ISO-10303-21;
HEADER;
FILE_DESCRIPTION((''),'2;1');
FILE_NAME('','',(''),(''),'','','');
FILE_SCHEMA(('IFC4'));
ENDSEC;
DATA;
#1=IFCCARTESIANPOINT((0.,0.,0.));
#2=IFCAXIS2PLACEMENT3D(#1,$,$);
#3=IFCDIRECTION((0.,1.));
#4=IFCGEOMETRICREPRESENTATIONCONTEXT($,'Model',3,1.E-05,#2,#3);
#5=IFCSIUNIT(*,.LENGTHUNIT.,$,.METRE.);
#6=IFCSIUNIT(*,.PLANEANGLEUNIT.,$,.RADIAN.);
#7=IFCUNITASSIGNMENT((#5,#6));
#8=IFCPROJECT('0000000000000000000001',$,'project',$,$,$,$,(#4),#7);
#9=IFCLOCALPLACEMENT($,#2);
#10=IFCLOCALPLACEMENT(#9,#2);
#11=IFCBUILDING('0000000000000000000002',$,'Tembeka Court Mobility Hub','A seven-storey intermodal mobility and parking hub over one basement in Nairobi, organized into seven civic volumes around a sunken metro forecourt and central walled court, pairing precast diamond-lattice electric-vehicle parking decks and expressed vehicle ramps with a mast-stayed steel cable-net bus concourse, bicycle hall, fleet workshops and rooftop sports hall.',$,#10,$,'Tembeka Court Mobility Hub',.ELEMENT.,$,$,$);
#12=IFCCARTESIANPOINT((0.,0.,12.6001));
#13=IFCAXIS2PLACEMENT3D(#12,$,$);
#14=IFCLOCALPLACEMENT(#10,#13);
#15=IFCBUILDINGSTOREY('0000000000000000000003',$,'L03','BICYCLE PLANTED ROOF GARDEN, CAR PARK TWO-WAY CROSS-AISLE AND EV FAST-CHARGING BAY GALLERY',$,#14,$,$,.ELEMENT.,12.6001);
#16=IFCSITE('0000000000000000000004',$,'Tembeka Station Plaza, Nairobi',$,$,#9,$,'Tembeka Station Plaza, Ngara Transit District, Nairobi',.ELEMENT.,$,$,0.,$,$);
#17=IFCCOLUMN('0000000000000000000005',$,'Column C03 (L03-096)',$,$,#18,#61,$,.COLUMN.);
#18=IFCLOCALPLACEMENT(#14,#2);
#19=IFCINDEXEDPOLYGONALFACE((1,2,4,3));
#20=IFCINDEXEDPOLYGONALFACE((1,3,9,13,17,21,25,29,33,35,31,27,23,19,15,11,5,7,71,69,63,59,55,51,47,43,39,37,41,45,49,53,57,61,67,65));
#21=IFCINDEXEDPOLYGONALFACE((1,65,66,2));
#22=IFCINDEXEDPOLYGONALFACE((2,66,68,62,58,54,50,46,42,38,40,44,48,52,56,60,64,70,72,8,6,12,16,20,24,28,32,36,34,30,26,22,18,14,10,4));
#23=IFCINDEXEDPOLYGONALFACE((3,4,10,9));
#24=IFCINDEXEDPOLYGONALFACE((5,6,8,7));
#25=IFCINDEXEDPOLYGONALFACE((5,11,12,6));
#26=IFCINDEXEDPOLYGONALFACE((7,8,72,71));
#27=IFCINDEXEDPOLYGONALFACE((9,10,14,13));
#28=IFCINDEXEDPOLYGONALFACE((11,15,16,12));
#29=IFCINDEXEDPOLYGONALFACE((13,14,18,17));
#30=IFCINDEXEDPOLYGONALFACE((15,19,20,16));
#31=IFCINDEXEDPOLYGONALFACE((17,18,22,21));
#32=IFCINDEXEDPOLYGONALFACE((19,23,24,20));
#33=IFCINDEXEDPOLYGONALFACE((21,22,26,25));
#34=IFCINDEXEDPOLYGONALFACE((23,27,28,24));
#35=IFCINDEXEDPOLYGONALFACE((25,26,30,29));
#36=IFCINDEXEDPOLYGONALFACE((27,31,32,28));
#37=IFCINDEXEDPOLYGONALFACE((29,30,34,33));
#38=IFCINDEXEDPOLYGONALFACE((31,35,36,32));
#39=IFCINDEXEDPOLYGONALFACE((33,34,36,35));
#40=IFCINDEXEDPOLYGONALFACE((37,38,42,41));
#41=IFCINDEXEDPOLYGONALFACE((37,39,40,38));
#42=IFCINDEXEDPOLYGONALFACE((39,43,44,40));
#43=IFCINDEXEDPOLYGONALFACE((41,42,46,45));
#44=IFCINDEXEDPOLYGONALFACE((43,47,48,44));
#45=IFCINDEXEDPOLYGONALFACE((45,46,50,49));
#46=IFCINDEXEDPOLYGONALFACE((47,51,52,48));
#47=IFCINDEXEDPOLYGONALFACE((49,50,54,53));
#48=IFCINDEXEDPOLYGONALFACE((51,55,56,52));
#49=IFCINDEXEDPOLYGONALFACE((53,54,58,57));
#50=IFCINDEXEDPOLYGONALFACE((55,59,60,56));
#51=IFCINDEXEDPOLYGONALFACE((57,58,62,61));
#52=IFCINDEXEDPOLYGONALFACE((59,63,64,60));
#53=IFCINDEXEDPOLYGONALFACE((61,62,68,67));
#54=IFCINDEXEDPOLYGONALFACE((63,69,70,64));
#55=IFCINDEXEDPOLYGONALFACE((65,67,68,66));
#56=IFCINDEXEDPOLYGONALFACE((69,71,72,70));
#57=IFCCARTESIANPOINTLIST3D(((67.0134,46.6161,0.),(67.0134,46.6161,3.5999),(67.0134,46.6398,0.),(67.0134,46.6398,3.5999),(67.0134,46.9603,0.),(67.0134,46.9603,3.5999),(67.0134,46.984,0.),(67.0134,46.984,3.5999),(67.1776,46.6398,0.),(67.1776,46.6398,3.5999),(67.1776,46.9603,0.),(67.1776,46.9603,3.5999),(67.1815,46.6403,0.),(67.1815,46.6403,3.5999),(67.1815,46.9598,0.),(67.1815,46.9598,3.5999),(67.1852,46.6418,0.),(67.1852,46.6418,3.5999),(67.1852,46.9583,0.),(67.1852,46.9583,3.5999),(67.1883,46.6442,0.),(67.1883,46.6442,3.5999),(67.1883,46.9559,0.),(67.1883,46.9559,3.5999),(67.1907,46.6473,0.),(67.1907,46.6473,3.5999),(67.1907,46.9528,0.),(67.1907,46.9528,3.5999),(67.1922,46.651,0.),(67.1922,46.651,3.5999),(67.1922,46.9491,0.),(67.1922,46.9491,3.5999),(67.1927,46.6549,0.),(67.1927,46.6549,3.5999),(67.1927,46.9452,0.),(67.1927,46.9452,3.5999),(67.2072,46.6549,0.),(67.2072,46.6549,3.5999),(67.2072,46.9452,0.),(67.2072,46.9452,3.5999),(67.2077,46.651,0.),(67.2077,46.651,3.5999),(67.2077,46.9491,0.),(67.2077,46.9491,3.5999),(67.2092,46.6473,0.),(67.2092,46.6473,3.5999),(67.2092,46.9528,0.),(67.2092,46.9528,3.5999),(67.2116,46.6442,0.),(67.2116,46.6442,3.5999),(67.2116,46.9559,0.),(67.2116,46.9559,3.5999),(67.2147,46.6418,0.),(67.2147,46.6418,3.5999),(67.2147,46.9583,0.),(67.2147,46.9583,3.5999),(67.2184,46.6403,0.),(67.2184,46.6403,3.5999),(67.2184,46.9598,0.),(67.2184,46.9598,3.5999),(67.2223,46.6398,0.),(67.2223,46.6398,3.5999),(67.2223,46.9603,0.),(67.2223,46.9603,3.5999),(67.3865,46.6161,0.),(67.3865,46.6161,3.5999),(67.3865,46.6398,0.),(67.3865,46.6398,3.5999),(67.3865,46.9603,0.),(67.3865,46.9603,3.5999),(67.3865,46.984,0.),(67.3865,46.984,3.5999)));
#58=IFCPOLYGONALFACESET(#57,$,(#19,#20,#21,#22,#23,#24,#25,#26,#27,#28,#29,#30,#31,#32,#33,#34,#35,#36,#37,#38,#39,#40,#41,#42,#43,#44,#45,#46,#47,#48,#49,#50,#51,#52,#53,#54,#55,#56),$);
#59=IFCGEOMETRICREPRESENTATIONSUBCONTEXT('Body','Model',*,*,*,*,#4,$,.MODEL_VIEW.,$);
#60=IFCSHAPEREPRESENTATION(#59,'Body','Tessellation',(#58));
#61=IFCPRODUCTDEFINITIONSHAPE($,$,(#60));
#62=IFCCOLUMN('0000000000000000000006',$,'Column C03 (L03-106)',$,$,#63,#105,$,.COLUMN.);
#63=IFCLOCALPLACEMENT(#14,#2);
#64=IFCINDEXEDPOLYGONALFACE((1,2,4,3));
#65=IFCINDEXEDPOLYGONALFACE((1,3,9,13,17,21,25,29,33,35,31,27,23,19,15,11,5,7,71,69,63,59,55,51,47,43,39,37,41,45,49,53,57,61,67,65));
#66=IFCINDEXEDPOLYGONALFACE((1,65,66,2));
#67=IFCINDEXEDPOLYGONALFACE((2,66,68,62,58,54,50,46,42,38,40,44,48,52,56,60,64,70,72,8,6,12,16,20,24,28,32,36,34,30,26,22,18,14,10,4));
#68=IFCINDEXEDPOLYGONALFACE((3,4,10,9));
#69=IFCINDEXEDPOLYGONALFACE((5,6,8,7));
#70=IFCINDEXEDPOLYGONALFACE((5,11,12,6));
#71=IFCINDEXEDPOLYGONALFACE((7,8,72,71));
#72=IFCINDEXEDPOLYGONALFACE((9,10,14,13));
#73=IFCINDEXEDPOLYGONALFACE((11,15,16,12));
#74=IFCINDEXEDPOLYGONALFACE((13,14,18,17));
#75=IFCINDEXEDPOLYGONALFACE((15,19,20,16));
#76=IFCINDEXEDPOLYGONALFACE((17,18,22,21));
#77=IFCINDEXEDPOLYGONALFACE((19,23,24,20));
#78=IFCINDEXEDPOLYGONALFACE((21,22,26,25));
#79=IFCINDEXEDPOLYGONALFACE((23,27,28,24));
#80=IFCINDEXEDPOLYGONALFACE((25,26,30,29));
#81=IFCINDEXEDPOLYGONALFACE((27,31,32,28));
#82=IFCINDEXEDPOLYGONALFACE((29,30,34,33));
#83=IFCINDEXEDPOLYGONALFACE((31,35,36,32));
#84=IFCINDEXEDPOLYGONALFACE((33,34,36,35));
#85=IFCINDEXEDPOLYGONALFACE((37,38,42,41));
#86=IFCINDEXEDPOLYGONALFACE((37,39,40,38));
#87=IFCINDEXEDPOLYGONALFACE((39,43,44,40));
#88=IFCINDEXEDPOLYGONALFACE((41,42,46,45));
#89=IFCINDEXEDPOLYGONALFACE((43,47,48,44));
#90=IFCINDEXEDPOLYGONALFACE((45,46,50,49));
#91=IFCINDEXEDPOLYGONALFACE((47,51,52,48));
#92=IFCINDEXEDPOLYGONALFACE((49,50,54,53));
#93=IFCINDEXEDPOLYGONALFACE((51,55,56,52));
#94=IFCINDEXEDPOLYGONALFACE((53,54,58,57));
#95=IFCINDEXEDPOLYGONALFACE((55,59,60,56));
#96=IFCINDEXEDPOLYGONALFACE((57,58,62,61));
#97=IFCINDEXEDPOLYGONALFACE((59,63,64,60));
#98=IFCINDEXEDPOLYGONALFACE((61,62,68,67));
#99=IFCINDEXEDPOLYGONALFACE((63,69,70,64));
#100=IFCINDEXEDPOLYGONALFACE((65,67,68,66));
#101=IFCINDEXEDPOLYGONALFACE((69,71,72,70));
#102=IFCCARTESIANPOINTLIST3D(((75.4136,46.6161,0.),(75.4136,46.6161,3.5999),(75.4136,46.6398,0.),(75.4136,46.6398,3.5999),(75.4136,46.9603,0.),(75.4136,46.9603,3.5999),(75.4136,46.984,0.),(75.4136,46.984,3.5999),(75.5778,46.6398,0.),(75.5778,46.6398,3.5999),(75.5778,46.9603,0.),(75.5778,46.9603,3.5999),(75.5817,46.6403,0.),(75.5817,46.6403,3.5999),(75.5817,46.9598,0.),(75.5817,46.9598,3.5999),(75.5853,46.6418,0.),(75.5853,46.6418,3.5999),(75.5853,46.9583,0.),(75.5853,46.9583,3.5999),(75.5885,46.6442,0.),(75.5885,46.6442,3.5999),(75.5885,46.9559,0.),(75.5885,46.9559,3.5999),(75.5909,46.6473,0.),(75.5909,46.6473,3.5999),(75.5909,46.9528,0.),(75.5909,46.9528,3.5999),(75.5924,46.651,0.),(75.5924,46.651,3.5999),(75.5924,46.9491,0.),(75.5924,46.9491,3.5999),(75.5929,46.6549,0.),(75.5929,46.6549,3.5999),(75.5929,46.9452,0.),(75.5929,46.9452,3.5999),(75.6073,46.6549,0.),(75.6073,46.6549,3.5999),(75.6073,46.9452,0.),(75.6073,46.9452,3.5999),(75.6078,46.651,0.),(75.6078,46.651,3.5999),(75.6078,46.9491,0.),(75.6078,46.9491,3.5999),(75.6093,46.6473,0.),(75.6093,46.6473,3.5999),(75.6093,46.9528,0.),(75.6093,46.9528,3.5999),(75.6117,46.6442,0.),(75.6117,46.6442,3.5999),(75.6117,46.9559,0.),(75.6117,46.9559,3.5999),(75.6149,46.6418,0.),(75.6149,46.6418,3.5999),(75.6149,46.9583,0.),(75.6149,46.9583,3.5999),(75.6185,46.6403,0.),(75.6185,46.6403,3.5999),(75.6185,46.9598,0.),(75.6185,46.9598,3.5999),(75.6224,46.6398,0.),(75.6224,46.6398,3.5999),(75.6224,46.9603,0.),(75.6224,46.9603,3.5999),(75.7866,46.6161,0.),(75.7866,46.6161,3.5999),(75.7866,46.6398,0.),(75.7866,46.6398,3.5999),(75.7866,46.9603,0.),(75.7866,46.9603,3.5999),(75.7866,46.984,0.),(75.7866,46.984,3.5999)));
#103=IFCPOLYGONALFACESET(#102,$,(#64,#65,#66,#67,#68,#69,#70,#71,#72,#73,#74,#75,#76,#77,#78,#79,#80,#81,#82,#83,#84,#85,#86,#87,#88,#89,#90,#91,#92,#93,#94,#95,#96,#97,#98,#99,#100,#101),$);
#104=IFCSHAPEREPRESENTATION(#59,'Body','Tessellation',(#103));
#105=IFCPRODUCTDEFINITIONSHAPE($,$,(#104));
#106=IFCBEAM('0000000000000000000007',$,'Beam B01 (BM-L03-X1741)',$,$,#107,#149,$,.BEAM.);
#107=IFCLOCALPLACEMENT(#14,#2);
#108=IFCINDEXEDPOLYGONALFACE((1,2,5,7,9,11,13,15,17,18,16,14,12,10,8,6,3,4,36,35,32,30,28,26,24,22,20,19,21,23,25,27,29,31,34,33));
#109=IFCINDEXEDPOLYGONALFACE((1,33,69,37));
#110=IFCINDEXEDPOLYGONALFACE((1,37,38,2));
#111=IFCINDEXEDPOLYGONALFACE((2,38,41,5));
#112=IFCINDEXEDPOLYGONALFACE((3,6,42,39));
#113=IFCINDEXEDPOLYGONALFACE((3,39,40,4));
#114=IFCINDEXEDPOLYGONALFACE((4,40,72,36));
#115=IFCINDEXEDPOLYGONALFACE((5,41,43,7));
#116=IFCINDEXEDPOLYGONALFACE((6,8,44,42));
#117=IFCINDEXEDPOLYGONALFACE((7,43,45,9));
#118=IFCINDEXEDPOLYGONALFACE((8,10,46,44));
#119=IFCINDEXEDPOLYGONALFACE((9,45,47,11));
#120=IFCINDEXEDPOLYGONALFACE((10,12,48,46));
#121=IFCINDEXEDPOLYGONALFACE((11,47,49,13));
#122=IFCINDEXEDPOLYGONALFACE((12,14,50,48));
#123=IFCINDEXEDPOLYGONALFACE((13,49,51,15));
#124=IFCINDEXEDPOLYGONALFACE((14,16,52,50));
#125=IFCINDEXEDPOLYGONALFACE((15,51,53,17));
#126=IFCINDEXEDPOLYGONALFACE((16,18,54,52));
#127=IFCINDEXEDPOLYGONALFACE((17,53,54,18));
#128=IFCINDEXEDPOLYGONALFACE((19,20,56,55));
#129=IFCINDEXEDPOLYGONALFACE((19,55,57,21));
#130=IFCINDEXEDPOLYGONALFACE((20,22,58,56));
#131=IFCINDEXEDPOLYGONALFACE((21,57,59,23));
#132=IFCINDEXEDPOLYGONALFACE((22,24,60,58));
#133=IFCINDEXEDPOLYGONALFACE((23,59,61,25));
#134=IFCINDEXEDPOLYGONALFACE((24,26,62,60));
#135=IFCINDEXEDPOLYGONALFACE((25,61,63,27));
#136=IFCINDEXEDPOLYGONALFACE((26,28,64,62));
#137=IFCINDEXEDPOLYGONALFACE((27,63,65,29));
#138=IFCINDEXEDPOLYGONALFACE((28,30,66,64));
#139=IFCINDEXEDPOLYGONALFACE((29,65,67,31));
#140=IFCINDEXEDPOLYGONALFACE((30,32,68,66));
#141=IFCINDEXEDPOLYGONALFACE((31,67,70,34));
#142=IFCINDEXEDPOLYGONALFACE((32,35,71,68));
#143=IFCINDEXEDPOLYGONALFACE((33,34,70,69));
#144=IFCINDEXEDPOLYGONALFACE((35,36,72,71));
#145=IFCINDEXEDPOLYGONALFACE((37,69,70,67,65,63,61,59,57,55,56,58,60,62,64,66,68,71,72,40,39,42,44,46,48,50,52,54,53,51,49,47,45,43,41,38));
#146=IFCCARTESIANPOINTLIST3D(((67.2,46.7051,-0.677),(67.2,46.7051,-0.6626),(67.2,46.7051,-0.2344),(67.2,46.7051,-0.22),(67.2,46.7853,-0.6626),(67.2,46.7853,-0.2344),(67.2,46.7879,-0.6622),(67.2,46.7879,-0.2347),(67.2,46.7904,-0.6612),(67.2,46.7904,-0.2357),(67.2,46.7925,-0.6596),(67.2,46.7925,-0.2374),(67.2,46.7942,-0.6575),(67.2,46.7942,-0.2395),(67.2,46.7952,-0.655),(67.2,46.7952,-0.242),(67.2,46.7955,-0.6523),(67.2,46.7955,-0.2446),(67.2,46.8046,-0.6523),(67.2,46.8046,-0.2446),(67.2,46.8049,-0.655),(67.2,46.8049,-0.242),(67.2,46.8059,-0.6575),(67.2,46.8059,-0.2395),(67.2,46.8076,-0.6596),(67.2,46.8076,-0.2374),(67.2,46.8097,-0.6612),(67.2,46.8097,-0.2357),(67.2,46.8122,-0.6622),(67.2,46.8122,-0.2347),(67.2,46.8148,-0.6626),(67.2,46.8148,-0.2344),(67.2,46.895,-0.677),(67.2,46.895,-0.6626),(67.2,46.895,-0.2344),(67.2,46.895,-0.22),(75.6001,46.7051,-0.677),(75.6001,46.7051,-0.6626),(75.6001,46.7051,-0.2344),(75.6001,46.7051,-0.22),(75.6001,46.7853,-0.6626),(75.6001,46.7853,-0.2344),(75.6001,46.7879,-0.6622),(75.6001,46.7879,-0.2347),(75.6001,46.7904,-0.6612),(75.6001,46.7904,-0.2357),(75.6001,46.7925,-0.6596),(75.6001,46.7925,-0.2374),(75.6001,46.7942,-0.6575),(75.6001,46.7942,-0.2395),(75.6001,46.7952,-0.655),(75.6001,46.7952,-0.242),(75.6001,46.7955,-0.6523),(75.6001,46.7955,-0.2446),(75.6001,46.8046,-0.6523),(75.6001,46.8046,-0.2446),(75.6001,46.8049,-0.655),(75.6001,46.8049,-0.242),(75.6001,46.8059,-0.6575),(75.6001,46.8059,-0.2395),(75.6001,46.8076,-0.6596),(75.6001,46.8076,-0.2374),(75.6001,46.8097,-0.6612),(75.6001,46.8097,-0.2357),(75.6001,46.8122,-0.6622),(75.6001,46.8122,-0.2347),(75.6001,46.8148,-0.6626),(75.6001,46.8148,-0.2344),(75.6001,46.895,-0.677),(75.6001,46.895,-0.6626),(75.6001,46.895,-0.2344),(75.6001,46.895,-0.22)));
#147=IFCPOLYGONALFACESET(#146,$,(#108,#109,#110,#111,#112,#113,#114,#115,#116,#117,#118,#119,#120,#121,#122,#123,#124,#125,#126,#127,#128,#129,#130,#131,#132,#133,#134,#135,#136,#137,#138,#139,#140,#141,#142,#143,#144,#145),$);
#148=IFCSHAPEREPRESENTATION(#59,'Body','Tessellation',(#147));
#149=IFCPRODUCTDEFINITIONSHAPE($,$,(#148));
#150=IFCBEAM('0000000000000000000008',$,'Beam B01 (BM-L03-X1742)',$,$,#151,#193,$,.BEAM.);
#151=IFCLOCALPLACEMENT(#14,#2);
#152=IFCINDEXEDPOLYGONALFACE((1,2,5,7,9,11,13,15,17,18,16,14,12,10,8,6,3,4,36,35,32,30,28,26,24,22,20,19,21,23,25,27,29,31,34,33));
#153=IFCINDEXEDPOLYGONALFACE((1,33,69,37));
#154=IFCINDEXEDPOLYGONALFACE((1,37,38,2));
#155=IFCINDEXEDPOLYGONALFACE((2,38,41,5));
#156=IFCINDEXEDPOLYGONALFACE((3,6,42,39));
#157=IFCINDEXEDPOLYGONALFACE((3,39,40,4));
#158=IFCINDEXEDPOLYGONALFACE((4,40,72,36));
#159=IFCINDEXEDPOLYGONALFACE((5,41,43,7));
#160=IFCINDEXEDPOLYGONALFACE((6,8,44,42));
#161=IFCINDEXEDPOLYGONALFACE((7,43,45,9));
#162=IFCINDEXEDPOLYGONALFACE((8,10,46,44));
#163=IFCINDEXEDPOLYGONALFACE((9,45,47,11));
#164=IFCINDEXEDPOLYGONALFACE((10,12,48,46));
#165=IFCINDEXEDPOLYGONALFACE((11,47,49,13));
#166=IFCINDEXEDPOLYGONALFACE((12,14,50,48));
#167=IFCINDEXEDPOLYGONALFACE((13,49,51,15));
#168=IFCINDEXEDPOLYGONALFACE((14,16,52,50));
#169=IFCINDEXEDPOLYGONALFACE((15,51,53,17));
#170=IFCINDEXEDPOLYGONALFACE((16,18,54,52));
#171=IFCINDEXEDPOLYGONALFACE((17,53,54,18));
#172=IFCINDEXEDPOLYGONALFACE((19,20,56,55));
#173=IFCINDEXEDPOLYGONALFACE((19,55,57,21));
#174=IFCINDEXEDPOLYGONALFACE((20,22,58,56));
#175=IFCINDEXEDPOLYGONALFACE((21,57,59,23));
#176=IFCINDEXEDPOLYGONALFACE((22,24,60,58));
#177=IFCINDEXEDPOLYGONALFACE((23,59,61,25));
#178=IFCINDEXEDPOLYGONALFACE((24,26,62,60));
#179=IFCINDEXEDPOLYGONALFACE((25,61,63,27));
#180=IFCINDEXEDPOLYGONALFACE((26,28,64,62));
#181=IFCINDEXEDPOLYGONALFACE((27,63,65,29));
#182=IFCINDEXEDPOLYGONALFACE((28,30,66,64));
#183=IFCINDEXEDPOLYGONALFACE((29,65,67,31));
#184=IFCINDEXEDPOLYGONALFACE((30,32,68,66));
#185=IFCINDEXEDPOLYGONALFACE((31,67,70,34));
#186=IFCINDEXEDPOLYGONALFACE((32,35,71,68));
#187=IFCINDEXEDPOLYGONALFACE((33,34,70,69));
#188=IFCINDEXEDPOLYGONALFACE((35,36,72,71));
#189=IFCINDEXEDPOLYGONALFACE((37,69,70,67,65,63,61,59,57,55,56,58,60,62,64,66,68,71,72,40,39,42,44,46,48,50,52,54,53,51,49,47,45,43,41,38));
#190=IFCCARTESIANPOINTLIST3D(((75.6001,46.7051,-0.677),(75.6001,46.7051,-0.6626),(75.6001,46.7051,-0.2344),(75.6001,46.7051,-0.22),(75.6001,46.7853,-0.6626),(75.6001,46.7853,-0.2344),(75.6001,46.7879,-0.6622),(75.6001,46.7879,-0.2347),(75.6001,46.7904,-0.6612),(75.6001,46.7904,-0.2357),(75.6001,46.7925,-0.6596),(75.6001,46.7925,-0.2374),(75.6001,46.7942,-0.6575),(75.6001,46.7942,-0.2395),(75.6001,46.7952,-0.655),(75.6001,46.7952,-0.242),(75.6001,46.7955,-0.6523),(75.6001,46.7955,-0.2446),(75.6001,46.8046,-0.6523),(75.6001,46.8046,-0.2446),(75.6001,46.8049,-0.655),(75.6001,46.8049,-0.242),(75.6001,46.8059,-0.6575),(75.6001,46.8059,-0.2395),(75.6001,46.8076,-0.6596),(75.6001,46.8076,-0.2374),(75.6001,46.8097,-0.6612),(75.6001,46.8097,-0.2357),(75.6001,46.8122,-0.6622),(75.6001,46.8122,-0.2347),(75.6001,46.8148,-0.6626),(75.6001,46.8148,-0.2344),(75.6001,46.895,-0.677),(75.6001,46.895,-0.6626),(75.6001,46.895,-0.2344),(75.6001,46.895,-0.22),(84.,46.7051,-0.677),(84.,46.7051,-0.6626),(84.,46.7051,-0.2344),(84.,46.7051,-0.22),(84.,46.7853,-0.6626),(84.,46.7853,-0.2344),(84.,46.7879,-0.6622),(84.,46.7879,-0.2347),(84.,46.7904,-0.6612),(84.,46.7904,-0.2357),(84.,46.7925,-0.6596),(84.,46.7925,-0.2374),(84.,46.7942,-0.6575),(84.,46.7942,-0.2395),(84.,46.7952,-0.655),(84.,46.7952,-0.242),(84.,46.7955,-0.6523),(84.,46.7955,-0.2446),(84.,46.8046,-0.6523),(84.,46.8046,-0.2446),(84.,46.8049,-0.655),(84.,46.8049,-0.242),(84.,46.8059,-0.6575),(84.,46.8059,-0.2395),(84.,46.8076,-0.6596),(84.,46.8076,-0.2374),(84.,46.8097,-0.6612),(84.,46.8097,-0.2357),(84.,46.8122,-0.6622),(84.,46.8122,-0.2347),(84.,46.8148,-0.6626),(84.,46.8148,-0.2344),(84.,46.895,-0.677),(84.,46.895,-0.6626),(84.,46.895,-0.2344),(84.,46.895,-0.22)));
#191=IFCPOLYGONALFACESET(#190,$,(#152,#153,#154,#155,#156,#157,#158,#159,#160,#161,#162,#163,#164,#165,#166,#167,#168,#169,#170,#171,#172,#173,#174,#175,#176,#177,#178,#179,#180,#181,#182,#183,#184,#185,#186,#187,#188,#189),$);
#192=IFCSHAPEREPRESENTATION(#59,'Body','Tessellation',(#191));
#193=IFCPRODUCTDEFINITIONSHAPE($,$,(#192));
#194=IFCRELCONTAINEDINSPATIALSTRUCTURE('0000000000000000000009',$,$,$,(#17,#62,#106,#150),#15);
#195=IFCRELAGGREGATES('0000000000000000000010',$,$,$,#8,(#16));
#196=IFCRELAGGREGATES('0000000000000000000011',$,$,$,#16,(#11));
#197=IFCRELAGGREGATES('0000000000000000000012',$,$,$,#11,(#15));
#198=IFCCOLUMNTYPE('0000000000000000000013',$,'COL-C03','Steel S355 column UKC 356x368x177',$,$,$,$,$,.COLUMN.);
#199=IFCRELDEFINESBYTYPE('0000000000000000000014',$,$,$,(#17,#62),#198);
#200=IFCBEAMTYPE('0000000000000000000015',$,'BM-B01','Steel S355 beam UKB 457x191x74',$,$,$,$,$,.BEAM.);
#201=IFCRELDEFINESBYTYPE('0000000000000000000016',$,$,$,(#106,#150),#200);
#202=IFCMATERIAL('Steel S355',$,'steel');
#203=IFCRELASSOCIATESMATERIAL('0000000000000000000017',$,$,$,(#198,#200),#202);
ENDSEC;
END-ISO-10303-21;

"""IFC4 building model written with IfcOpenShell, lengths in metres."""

from ifc_helpers import new_model, si_unit, direction, frame, origin, origin_2d, place, context, subcontext, project, spatial, i_section, extrude, material, material_profile, profile_set, type_object, element, save


model = new_model("IFC4")

# Units and contexts
model_context = context("Model", 3, precision=1e-05, world=origin(), true_north=direction((0.0, 1.0)))
body_context = subcontext(model_context, "Body", "Model", "MODEL_VIEW")
ifc_project = project(units=[si_unit("LENGTHUNIT", "METRE"), si_unit("PLANEANGLEUNIT", "RADIAN")], contexts=[model_context])

# Site, building, storey
site_placement = place(None, origin())
site = spatial("IfcSite", under=ifc_project, at=site_placement, Name="Tembeka Station Plaza, Nairobi", LongName="Tembeka Station Plaza, Ngara Transit District, Nairobi", CompositionType="ELEMENT", RefElevation=0.0)
building_placement = place(site_placement, origin())
building = spatial("IfcBuilding", under=site, at=building_placement, Name="Tembeka Court Mobility Hub", Description="A seven-storey intermodal mobility and parking hub over one basement in Nairobi, organized into seven civic volumes around a sunken metro forecourt and central walled court, pairing precast diamond-lattice electric-vehicle parking decks and expressed vehicle ramps with a mast-stayed steel cable-net bus concourse, bicycle hall, fleet workshops and rooftop sports hall.", LongName="Tembeka Court Mobility Hub", CompositionType="ELEMENT")
storey_placement = place(building_placement, frame((0.0, 0.0, 12.6001)))
storey = spatial("IfcBuildingStorey", under=building, at=storey_placement, Name="L03", Description="BICYCLE PLANTED ROOF GARDEN, CAR PARK TWO-WAY CROSS-AISLE AND EV FAST-CHARGING BAY GALLERY", CompositionType="ELEMENT", Elevation=12.6001)

# Columns
ifc_material_1 = material(Name="Steel S355", Category="steel")
ifc_material_profile_1 = material_profile(ifc_material_1, i_section(OverallWidth=0.373, OverallDepth=0.3679, WebThickness=0.0144, FlangeThickness=0.0237, FilletRadius=0.0151, at=origin_2d()), Name="UKC 356x368x177")
ifc_profile_set_1 = profile_set([ifc_material_profile_1], Name="Steel S355")
column_type = type_object("IfcColumnType", Name="COL-C03", Description="Steel S355 column UKC 356x368x177", PredefinedType="COLUMN", material=ifc_profile_set_1)
for number, where, z_axis, x_axis, name in (
    (1, (67.2, 46.8, 0.0), (0.0, 0.0, 1.0), (1.0, 0.0, 0.0), "Column C03 (L03-096)"),
    (2, (75.6001, 46.8, 0.0), (0.0, 0.0, 1.0), (1.0, 0.0, 0.0), "Column C03 (L03-106)"),
):
    element("IfcColumn", number, at=place(storey_placement, frame(where, z_axis=z_axis, x_axis=x_axis)), inside=storey, type_object=column_type, Name=name, PredefinedType="COLUMN", context=body_context, shape_type="SweptSolid", body=[
        extrude(i_section(OverallWidth=0.373, OverallDepth=0.3679, WebThickness=0.0144, FlangeThickness=0.0237, FilletRadius=0.0151, at=origin_2d()), origin(), (0.0, 0.0, 1.0), 3.5999),
    ])

# Beams
ifc_material_profile_2 = material_profile(ifc_material_1, i_section(OverallWidth=0.1899, OverallDepth=0.457, WebThickness=0.009, FlangeThickness=0.0144, FilletRadius=0.0103, at=origin_2d()), Name="UKB 457x191x74")
ifc_profile_set_2 = profile_set([ifc_material_profile_2], Name="Steel S355")
beam_type_1 = type_object("IfcBeamType", Name="BM-B01", Description="Steel S355 beam UKB 457x191x74", PredefinedType="BEAM", material=ifc_profile_set_2)
beam_1_placement = place(storey_placement, frame((67.2, 46.8, -0.4485), z_axis=(1.0, 0.0, 0.0), x_axis=(0.0, 1.0, 0.0)))
element("IfcBeam", 3, at=beam_1_placement, inside=storey, type_object=beam_type_1, Name="Beam B01 (BM-L03-X1741)", PredefinedType="BEAM", context=body_context, shape_type="SweptSolid", body=[
    extrude(i_section(OverallWidth=0.1899, OverallDepth=0.457, WebThickness=0.009, FlangeThickness=0.0144, FilletRadius=0.0103, at=origin_2d()), origin(), (0.0, 0.0, 1.0), 8.4001),
])
beam_2_placement = place(storey_placement, frame((75.6001, 46.8, -0.4485), z_axis=(1.0, 0.0, 0.0), x_axis=(0.0, 1.0, 0.0)))
element("IfcBeam", 4, at=beam_2_placement, inside=storey, type_object=beam_type_1, Name="Beam B01 (BM-L03-X1742)", PredefinedType="BEAM", context=body_context, shape_type="SweptSolid", body=[
    extrude(i_section(OverallWidth=0.1899, OverallDepth=0.457, WebThickness=0.009, FlangeThickness=0.0144, FilletRadius=0.0103, at=origin_2d()), origin(), (0.0, 0.0, 1.0), 8.3999),
])

save(model, "model.ifc")
